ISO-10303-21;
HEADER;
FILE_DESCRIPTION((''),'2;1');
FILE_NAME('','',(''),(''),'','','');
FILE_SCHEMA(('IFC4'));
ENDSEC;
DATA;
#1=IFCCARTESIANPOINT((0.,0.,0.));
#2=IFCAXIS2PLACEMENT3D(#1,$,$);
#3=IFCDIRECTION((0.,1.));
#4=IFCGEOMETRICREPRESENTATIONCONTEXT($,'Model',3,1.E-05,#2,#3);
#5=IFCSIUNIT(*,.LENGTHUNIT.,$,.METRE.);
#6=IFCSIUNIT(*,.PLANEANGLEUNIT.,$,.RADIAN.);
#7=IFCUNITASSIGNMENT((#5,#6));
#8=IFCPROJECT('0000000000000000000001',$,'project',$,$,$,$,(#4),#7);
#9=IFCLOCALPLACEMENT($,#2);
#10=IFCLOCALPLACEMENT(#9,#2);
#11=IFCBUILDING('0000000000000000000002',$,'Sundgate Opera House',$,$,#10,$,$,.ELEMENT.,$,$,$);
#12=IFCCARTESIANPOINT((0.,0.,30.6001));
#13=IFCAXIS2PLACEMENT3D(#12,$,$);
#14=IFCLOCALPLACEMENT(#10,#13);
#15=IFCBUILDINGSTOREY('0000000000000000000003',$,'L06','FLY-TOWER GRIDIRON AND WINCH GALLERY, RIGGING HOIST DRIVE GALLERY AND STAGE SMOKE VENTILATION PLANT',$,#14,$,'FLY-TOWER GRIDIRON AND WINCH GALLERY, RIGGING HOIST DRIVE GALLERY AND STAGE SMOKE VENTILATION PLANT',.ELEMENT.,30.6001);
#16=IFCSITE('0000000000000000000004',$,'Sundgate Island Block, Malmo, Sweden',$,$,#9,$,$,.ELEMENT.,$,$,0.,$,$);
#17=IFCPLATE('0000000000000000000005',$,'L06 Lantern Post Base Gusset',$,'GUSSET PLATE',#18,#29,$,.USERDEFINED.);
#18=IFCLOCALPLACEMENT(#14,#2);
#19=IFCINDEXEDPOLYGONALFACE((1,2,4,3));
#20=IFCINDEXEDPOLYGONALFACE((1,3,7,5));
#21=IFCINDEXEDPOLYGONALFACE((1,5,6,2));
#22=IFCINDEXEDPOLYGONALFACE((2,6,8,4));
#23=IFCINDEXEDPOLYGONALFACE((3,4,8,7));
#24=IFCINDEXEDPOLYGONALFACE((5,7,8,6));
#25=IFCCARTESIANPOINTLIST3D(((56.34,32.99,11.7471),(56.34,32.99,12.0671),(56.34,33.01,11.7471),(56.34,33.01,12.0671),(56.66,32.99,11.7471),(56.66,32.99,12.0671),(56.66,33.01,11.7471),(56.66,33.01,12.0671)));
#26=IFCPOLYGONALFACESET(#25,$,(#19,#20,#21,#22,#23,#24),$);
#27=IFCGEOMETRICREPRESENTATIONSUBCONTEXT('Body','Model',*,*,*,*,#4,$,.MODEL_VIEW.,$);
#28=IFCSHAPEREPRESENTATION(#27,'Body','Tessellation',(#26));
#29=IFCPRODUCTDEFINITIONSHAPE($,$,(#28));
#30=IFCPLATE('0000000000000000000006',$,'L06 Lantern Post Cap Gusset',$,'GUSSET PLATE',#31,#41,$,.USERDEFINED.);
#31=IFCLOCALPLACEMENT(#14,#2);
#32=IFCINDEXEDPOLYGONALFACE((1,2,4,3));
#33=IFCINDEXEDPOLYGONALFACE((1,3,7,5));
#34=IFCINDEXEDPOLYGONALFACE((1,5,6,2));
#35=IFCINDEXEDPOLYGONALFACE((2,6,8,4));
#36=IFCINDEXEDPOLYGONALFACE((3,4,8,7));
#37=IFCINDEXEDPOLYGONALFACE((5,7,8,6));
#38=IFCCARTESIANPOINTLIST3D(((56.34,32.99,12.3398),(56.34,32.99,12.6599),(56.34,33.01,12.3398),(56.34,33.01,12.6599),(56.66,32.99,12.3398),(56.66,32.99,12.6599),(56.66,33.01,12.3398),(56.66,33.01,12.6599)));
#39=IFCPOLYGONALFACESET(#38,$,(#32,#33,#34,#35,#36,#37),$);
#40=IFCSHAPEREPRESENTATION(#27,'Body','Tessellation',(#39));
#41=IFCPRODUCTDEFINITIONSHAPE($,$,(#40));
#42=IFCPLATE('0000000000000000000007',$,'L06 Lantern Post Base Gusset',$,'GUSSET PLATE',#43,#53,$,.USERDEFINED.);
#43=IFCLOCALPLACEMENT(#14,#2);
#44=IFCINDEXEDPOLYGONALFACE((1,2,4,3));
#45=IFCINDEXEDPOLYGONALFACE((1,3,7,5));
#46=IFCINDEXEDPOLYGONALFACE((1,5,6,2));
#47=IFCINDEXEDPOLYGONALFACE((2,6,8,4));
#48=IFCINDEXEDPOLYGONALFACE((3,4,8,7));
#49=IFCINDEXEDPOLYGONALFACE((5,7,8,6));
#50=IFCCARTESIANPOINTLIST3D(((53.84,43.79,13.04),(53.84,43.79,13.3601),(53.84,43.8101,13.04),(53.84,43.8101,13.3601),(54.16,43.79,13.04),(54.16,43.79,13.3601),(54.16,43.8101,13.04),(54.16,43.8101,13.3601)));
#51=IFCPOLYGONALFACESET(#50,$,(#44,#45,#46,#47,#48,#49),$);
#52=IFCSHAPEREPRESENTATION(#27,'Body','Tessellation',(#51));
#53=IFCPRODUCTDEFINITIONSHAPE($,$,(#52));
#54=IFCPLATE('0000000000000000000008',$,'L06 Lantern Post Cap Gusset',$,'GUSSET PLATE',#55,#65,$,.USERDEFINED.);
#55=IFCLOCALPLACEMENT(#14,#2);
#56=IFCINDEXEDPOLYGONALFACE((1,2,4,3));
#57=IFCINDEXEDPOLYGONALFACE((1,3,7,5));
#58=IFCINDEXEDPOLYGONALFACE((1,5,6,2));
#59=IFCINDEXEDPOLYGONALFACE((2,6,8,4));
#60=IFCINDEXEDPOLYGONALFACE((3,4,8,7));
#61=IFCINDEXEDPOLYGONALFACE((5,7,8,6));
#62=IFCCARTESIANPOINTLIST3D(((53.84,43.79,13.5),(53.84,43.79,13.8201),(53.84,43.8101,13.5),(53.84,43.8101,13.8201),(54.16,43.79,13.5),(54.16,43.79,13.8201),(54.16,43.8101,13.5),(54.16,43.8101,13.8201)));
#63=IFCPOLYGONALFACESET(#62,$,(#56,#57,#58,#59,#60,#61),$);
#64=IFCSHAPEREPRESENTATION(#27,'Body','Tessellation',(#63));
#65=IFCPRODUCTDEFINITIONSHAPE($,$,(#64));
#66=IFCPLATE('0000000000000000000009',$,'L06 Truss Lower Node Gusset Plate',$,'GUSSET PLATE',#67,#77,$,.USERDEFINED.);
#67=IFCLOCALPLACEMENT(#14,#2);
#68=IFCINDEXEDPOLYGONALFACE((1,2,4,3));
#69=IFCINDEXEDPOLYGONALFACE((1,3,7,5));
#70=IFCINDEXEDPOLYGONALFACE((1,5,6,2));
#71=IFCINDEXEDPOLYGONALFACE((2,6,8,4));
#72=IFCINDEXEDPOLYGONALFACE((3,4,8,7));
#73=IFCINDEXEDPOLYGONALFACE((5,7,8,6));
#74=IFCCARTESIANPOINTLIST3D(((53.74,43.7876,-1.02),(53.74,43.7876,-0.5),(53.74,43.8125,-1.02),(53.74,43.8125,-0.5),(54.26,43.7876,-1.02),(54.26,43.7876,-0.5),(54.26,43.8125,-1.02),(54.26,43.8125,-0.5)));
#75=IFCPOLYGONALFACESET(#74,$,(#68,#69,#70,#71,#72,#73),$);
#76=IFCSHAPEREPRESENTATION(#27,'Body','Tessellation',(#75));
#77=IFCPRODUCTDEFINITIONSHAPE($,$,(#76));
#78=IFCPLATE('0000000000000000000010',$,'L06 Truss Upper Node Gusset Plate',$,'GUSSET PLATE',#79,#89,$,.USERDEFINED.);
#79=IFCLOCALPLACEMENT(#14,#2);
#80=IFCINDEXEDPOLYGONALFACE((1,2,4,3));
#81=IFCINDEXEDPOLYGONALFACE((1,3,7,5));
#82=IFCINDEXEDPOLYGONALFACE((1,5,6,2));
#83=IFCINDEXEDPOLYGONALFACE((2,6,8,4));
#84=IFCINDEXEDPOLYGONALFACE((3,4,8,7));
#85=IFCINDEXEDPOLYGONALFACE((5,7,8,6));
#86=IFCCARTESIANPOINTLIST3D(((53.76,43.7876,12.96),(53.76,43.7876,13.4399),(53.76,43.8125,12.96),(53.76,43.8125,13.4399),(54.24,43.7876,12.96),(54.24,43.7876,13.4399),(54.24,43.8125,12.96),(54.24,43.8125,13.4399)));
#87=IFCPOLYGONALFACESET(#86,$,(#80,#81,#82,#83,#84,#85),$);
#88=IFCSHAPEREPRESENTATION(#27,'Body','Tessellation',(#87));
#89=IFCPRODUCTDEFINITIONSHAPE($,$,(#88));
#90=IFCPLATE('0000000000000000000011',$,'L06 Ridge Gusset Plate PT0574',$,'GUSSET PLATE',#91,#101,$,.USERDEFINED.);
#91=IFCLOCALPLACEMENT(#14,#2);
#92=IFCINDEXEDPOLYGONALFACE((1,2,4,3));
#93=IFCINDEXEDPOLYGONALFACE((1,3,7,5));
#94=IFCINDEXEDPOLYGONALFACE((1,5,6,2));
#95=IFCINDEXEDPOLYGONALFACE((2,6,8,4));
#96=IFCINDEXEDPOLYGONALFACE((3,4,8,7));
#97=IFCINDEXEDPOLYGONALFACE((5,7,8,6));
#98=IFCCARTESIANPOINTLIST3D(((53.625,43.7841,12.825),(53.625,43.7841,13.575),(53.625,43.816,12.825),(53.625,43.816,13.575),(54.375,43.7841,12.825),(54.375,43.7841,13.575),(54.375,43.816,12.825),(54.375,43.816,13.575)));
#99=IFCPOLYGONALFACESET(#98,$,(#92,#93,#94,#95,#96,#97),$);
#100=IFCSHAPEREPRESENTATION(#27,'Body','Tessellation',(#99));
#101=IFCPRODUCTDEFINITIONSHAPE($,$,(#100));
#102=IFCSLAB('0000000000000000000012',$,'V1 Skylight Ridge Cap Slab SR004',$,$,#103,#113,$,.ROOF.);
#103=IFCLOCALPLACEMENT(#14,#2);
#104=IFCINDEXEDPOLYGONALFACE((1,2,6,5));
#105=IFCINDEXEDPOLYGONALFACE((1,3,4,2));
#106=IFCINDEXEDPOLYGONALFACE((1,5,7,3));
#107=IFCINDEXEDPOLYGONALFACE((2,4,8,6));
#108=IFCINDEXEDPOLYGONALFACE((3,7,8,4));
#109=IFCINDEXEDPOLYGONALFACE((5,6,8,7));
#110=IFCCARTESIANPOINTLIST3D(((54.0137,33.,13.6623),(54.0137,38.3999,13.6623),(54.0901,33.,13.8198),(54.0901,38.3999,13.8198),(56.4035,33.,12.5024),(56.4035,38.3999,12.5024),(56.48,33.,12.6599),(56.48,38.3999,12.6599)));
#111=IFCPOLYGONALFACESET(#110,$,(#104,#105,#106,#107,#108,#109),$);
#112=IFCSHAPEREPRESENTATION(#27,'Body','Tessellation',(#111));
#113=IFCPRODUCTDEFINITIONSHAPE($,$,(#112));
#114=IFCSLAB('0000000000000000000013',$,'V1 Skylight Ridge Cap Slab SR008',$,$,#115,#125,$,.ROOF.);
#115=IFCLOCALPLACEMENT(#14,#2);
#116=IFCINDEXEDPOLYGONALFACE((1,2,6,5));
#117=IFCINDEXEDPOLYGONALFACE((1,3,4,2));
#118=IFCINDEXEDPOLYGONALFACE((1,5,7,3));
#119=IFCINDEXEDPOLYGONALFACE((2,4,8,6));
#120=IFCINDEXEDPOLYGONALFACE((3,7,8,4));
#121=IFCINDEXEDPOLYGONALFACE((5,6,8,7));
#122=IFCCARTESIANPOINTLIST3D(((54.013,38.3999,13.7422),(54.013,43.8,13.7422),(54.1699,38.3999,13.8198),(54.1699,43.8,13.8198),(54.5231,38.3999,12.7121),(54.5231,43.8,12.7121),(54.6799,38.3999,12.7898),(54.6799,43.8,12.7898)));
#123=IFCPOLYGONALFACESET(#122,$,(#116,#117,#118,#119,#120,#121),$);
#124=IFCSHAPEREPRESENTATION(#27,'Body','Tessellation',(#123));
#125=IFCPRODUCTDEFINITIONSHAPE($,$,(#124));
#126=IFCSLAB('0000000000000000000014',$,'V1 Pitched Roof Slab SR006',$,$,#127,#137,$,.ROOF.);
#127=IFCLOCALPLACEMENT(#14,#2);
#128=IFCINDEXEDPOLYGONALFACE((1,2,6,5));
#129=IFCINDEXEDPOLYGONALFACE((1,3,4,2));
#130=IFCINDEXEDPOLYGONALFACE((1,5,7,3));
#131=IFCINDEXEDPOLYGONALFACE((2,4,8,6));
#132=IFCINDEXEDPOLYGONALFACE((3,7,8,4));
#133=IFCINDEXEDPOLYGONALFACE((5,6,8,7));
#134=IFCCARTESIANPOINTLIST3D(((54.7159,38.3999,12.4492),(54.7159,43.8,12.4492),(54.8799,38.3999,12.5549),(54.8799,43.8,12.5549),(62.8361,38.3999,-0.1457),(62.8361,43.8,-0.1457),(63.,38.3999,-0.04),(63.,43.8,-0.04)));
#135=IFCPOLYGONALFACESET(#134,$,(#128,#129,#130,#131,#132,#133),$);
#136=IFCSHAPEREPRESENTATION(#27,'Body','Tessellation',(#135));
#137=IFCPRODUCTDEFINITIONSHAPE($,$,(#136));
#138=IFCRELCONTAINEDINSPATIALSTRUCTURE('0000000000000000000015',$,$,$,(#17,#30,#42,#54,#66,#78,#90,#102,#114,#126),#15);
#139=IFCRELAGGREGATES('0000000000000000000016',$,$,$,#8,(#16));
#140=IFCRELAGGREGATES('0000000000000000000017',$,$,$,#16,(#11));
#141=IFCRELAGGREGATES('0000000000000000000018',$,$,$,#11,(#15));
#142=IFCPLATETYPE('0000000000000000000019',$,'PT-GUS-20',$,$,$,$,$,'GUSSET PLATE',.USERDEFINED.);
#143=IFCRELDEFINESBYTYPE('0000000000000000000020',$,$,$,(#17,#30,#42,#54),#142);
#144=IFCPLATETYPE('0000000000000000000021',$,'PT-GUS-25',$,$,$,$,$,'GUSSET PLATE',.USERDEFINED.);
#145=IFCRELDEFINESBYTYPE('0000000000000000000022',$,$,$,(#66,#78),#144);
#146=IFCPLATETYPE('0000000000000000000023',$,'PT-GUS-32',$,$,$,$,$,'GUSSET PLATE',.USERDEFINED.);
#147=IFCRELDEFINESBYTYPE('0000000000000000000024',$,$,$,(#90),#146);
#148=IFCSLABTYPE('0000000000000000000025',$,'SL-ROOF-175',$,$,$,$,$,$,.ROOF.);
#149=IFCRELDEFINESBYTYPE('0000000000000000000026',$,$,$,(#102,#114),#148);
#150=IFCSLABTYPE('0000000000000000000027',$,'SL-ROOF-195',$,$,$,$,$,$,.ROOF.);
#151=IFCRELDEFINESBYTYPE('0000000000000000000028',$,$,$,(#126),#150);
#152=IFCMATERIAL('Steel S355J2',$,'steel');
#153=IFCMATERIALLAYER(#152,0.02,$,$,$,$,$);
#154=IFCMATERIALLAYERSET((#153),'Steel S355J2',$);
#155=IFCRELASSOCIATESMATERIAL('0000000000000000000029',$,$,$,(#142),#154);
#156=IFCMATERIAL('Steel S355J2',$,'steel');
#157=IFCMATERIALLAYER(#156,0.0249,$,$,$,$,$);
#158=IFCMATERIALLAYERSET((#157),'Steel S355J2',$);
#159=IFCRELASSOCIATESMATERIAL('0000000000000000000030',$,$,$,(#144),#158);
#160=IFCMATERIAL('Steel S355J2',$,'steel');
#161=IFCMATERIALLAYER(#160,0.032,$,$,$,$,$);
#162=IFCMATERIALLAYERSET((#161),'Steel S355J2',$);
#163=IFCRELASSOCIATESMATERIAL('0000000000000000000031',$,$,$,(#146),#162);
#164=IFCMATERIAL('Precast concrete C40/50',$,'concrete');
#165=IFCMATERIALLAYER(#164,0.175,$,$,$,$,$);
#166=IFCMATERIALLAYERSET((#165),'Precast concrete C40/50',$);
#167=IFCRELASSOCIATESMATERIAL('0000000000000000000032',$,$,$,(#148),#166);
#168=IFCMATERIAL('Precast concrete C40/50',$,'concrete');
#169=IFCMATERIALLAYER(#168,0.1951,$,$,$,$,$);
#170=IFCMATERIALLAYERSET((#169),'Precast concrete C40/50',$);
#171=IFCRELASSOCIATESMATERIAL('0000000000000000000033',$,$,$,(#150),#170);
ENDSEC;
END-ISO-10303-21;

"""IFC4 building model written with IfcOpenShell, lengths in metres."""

from ifc_helpers import new_model, si_unit, direction, frame, origin, origin_2d, place, context, subcontext, project, spatial, polyline, rectangle, outline, extrude, material, layer, layer_set, type_object, element, save


model = new_model("IFC4")

# Units and contexts
model_context = context("Model", 3, precision=1e-05, world=origin(), true_north=direction((0.0, 1.0)))
body_context = subcontext(model_context, "Body", "Model", "MODEL_VIEW")
ifc_project = project(units=[si_unit("LENGTHUNIT", "METRE"), si_unit("PLANEANGLEUNIT", "RADIAN")], contexts=[model_context])

# Site, building, storey
site_placement = place(None, origin())
site = spatial("IfcSite", under=ifc_project, at=site_placement, Name="Sundgate Island Block, Malmo, Sweden", CompositionType="ELEMENT", RefElevation=0.0)
building_placement = place(site_placement, origin())
building = spatial("IfcBuilding", under=site, at=building_placement, Name="Sundgate Opera House", CompositionType="ELEMENT")
storey_placement = place(building_placement, frame((0.0, 0.0, 30.6001)))
storey = spatial("IfcBuildingStorey", under=building, at=storey_placement, Name="L06", Description="FLY-TOWER GRIDIRON AND WINCH GALLERY, RIGGING HOIST DRIVE GALLERY AND STAGE SMOKE VENTILATION PLANT", LongName="FLY-TOWER GRIDIRON AND WINCH GALLERY, RIGGING HOIST DRIVE GALLERY AND STAGE SMOKE VENTILATION PLANT", CompositionType="ELEMENT", Elevation=30.6001)

# Plates
ifc_material_1 = material(Name="Steel S355J2", Category="steel")
ifc_layer_1 = layer(ifc_material_1, 0.02)
ifc_layer_set_1 = layer_set([ifc_layer_1], Name="Steel S355J2")
plate_type_1 = type_object("IfcPlateType", Name="PT-GUS-20", ElementType="GUSSET PLATE", PredefinedType="USERDEFINED", material=ifc_layer_set_1)
for number, where, z_axis, x_axis, name in (
    (1, (56.5, 33.0, 11.7471), (0.0, 0.0, 1.0), (1.0, 0.0, 0.0), "L06 Lantern Post Base Gusset"),
    (2, (56.5, 33.0, 12.3398), (0.0, 0.0, 1.0), (1.0, 0.0, 0.0), "L06 Lantern Post Cap Gusset"),
    (3, (54.0, 43.8, 13.04), (0.0, 0.0, 1.0), (1.0, 0.0, 0.0), "L06 Lantern Post Base Gusset"),
    (4, (54.0, 43.8, 13.5), (0.0, 0.0, 1.0), (1.0, 0.0, 0.0), "L06 Lantern Post Cap Gusset"),
):
    element("IfcPlate", number, at=place(storey_placement, frame(where, z_axis=z_axis, x_axis=x_axis)), inside=storey, type_object=plate_type_1, Name=name, ObjectType="GUSSET PLATE", PredefinedType="USERDEFINED", context=body_context, shape_type="SweptSolid", body=[
        extrude(rectangle(XDim=0.3201, YDim=0.02, at=origin_2d()), origin(), (0.0, 0.0, 1.0), 0.3201),
    ])
ifc_material_2 = material(Name="Steel S355J2", Category="steel")
ifc_layer_2 = layer(ifc_material_2, 0.0249)
ifc_layer_set_2 = layer_set([ifc_layer_2], Name="Steel S355J2")
plate_type_2 = type_object("IfcPlateType", Name="PT-GUS-25", ElementType="GUSSET PLATE", PredefinedType="USERDEFINED", material=ifc_layer_set_2)
plate_1_placement = place(storey_placement, frame((54.0, 43.8, -1.02), z_axis=(0.0, 0.0, 1.0), x_axis=(1.0, 0.0, 0.0)))
element("IfcPlate", 5, at=plate_1_placement, inside=storey, type_object=plate_type_2, Name="L06 Truss Lower Node Gusset Plate", ObjectType="GUSSET PLATE", PredefinedType="USERDEFINED", context=body_context, shape_type="SweptSolid", body=[
    extrude(rectangle(XDim=0.52, YDim=0.0249, at=origin_2d()), origin(), (0.0, 0.0, 1.0), 0.52),
])
plate_2_placement = place(storey_placement, frame((54.0, 43.8, 12.96), z_axis=(0.0, 0.0, 1.0), x_axis=(1.0, 0.0, 0.0)))
element("IfcPlate", 6, at=plate_2_placement, inside=storey, type_object=plate_type_2, Name="L06 Truss Upper Node Gusset Plate", ObjectType="GUSSET PLATE", PredefinedType="USERDEFINED", context=body_context, shape_type="SweptSolid", body=[
    extrude(rectangle(XDim=0.48, YDim=0.0249, at=origin_2d()), origin(), (0.0, 0.0, 1.0), 0.48),
])
ifc_material_3 = material(Name="Steel S355J2", Category="steel")
ifc_layer_3 = layer(ifc_material_3, 0.032)
ifc_layer_set_3 = layer_set([ifc_layer_3], Name="Steel S355J2")
plate_type_3 = type_object("IfcPlateType", Name="PT-GUS-32", ElementType="GUSSET PLATE", PredefinedType="USERDEFINED", material=ifc_layer_set_3)
plate_3_placement = place(storey_placement, frame((54.0, 43.8, 12.825), z_axis=(0.0, 0.0, 1.0), x_axis=(1.0, 0.0, 0.0)))
element("IfcPlate", 7, at=plate_3_placement, inside=storey, type_object=plate_type_3, Name="L06 Ridge Gusset Plate PT0574", ObjectType="GUSSET PLATE", PredefinedType="USERDEFINED", context=body_context, shape_type="SweptSolid", body=[
    extrude(rectangle(XDim=0.75, YDim=0.032, at=origin_2d()), origin(), (0.0, 0.0, 1.0), 0.75),
])

# Slabs
ifc_material_4 = material(Name="Precast concrete C40/50", Category="concrete")
ifc_layer_4 = layer(ifc_material_4, 0.175)
ifc_layer_set_4 = layer_set([ifc_layer_4], Name="Precast concrete C40/50")
slab_type_1 = type_object("IfcSlabType", Name="SL-ROOF-175", PredefinedType="ROOF", material=ifc_layer_set_4)
slab_1_placement = place(storey_placement, frame((54.0901, 33.0, 13.8198), z_axis=(0.436632, 0.0, 0.89964), x_axis=(0.89964, 0.0, -0.436632)))
element("IfcSlab", 8, at=slab_1_placement, inside=storey, type_object=slab_type_1, Name="V1 Skylight Ridge Cap Slab SR004", PredefinedType="ROOF", context=body_context, shape_type="SweptSolid", body=[
    extrude(outline(polyline([(0.0, 0.0), (2.6565, 0.0), (2.6565, 5.3999), (0.0, 5.3999), (0.0, 0.0)])), origin(), (0.0, 0.0, -1.0), 0.175),
])
slab_2_placement = place(storey_placement, frame((54.1699, 38.3999, 13.8198), z_axis=(0.896162, 0.0, 0.443727), x_axis=(0.443727, 0.0, -0.896162)))
element("IfcSlab", 9, at=slab_2_placement, inside=storey, type_object=slab_type_1, Name="V1 Skylight Ridge Cap Slab SR008", PredefinedType="ROOF", context=body_context, shape_type="SweptSolid", body=[
    extrude(outline(polyline([(0.0, 0.0), (1.1494, 0.0), (1.1494, 5.4001), (0.0, 5.4001), (0.0, 0.0)])), origin(), (0.0, 0.0, -1.0), 0.175),
])
ifc_material_5 = material(Name="Precast concrete C40/50", Category="concrete")
ifc_layer_5 = layer(ifc_material_5, 0.1951)
ifc_layer_set_5 = layer_set([ifc_layer_5], Name="Precast concrete C40/50")
slab_type_2 = type_object("IfcSlabType", Name="SL-ROOF-195", PredefinedType="ROOF", material=ifc_layer_set_5)
slab_3_placement = place(storey_placement, frame((54.8799, 38.3999, 12.5549), z_axis=(0.840469, 0.0, 0.54186), x_axis=(0.54186, 0.0, -0.840469)))
element("IfcSlab", 10, at=slab_3_placement, inside=storey, type_object=slab_type_2, Name="V1 Pitched Roof Slab SR006", PredefinedType="ROOF", context=body_context, shape_type="SweptSolid", body=[
    extrude(outline(polyline([(0.0, 0.0), (14.9856, 0.0), (14.9856, 5.4001), (0.0, 5.4001), (0.0, 0.0)])), origin(), (0.0, 0.0, -1.0), 0.1951),
])

save(model, "model.ifc")
